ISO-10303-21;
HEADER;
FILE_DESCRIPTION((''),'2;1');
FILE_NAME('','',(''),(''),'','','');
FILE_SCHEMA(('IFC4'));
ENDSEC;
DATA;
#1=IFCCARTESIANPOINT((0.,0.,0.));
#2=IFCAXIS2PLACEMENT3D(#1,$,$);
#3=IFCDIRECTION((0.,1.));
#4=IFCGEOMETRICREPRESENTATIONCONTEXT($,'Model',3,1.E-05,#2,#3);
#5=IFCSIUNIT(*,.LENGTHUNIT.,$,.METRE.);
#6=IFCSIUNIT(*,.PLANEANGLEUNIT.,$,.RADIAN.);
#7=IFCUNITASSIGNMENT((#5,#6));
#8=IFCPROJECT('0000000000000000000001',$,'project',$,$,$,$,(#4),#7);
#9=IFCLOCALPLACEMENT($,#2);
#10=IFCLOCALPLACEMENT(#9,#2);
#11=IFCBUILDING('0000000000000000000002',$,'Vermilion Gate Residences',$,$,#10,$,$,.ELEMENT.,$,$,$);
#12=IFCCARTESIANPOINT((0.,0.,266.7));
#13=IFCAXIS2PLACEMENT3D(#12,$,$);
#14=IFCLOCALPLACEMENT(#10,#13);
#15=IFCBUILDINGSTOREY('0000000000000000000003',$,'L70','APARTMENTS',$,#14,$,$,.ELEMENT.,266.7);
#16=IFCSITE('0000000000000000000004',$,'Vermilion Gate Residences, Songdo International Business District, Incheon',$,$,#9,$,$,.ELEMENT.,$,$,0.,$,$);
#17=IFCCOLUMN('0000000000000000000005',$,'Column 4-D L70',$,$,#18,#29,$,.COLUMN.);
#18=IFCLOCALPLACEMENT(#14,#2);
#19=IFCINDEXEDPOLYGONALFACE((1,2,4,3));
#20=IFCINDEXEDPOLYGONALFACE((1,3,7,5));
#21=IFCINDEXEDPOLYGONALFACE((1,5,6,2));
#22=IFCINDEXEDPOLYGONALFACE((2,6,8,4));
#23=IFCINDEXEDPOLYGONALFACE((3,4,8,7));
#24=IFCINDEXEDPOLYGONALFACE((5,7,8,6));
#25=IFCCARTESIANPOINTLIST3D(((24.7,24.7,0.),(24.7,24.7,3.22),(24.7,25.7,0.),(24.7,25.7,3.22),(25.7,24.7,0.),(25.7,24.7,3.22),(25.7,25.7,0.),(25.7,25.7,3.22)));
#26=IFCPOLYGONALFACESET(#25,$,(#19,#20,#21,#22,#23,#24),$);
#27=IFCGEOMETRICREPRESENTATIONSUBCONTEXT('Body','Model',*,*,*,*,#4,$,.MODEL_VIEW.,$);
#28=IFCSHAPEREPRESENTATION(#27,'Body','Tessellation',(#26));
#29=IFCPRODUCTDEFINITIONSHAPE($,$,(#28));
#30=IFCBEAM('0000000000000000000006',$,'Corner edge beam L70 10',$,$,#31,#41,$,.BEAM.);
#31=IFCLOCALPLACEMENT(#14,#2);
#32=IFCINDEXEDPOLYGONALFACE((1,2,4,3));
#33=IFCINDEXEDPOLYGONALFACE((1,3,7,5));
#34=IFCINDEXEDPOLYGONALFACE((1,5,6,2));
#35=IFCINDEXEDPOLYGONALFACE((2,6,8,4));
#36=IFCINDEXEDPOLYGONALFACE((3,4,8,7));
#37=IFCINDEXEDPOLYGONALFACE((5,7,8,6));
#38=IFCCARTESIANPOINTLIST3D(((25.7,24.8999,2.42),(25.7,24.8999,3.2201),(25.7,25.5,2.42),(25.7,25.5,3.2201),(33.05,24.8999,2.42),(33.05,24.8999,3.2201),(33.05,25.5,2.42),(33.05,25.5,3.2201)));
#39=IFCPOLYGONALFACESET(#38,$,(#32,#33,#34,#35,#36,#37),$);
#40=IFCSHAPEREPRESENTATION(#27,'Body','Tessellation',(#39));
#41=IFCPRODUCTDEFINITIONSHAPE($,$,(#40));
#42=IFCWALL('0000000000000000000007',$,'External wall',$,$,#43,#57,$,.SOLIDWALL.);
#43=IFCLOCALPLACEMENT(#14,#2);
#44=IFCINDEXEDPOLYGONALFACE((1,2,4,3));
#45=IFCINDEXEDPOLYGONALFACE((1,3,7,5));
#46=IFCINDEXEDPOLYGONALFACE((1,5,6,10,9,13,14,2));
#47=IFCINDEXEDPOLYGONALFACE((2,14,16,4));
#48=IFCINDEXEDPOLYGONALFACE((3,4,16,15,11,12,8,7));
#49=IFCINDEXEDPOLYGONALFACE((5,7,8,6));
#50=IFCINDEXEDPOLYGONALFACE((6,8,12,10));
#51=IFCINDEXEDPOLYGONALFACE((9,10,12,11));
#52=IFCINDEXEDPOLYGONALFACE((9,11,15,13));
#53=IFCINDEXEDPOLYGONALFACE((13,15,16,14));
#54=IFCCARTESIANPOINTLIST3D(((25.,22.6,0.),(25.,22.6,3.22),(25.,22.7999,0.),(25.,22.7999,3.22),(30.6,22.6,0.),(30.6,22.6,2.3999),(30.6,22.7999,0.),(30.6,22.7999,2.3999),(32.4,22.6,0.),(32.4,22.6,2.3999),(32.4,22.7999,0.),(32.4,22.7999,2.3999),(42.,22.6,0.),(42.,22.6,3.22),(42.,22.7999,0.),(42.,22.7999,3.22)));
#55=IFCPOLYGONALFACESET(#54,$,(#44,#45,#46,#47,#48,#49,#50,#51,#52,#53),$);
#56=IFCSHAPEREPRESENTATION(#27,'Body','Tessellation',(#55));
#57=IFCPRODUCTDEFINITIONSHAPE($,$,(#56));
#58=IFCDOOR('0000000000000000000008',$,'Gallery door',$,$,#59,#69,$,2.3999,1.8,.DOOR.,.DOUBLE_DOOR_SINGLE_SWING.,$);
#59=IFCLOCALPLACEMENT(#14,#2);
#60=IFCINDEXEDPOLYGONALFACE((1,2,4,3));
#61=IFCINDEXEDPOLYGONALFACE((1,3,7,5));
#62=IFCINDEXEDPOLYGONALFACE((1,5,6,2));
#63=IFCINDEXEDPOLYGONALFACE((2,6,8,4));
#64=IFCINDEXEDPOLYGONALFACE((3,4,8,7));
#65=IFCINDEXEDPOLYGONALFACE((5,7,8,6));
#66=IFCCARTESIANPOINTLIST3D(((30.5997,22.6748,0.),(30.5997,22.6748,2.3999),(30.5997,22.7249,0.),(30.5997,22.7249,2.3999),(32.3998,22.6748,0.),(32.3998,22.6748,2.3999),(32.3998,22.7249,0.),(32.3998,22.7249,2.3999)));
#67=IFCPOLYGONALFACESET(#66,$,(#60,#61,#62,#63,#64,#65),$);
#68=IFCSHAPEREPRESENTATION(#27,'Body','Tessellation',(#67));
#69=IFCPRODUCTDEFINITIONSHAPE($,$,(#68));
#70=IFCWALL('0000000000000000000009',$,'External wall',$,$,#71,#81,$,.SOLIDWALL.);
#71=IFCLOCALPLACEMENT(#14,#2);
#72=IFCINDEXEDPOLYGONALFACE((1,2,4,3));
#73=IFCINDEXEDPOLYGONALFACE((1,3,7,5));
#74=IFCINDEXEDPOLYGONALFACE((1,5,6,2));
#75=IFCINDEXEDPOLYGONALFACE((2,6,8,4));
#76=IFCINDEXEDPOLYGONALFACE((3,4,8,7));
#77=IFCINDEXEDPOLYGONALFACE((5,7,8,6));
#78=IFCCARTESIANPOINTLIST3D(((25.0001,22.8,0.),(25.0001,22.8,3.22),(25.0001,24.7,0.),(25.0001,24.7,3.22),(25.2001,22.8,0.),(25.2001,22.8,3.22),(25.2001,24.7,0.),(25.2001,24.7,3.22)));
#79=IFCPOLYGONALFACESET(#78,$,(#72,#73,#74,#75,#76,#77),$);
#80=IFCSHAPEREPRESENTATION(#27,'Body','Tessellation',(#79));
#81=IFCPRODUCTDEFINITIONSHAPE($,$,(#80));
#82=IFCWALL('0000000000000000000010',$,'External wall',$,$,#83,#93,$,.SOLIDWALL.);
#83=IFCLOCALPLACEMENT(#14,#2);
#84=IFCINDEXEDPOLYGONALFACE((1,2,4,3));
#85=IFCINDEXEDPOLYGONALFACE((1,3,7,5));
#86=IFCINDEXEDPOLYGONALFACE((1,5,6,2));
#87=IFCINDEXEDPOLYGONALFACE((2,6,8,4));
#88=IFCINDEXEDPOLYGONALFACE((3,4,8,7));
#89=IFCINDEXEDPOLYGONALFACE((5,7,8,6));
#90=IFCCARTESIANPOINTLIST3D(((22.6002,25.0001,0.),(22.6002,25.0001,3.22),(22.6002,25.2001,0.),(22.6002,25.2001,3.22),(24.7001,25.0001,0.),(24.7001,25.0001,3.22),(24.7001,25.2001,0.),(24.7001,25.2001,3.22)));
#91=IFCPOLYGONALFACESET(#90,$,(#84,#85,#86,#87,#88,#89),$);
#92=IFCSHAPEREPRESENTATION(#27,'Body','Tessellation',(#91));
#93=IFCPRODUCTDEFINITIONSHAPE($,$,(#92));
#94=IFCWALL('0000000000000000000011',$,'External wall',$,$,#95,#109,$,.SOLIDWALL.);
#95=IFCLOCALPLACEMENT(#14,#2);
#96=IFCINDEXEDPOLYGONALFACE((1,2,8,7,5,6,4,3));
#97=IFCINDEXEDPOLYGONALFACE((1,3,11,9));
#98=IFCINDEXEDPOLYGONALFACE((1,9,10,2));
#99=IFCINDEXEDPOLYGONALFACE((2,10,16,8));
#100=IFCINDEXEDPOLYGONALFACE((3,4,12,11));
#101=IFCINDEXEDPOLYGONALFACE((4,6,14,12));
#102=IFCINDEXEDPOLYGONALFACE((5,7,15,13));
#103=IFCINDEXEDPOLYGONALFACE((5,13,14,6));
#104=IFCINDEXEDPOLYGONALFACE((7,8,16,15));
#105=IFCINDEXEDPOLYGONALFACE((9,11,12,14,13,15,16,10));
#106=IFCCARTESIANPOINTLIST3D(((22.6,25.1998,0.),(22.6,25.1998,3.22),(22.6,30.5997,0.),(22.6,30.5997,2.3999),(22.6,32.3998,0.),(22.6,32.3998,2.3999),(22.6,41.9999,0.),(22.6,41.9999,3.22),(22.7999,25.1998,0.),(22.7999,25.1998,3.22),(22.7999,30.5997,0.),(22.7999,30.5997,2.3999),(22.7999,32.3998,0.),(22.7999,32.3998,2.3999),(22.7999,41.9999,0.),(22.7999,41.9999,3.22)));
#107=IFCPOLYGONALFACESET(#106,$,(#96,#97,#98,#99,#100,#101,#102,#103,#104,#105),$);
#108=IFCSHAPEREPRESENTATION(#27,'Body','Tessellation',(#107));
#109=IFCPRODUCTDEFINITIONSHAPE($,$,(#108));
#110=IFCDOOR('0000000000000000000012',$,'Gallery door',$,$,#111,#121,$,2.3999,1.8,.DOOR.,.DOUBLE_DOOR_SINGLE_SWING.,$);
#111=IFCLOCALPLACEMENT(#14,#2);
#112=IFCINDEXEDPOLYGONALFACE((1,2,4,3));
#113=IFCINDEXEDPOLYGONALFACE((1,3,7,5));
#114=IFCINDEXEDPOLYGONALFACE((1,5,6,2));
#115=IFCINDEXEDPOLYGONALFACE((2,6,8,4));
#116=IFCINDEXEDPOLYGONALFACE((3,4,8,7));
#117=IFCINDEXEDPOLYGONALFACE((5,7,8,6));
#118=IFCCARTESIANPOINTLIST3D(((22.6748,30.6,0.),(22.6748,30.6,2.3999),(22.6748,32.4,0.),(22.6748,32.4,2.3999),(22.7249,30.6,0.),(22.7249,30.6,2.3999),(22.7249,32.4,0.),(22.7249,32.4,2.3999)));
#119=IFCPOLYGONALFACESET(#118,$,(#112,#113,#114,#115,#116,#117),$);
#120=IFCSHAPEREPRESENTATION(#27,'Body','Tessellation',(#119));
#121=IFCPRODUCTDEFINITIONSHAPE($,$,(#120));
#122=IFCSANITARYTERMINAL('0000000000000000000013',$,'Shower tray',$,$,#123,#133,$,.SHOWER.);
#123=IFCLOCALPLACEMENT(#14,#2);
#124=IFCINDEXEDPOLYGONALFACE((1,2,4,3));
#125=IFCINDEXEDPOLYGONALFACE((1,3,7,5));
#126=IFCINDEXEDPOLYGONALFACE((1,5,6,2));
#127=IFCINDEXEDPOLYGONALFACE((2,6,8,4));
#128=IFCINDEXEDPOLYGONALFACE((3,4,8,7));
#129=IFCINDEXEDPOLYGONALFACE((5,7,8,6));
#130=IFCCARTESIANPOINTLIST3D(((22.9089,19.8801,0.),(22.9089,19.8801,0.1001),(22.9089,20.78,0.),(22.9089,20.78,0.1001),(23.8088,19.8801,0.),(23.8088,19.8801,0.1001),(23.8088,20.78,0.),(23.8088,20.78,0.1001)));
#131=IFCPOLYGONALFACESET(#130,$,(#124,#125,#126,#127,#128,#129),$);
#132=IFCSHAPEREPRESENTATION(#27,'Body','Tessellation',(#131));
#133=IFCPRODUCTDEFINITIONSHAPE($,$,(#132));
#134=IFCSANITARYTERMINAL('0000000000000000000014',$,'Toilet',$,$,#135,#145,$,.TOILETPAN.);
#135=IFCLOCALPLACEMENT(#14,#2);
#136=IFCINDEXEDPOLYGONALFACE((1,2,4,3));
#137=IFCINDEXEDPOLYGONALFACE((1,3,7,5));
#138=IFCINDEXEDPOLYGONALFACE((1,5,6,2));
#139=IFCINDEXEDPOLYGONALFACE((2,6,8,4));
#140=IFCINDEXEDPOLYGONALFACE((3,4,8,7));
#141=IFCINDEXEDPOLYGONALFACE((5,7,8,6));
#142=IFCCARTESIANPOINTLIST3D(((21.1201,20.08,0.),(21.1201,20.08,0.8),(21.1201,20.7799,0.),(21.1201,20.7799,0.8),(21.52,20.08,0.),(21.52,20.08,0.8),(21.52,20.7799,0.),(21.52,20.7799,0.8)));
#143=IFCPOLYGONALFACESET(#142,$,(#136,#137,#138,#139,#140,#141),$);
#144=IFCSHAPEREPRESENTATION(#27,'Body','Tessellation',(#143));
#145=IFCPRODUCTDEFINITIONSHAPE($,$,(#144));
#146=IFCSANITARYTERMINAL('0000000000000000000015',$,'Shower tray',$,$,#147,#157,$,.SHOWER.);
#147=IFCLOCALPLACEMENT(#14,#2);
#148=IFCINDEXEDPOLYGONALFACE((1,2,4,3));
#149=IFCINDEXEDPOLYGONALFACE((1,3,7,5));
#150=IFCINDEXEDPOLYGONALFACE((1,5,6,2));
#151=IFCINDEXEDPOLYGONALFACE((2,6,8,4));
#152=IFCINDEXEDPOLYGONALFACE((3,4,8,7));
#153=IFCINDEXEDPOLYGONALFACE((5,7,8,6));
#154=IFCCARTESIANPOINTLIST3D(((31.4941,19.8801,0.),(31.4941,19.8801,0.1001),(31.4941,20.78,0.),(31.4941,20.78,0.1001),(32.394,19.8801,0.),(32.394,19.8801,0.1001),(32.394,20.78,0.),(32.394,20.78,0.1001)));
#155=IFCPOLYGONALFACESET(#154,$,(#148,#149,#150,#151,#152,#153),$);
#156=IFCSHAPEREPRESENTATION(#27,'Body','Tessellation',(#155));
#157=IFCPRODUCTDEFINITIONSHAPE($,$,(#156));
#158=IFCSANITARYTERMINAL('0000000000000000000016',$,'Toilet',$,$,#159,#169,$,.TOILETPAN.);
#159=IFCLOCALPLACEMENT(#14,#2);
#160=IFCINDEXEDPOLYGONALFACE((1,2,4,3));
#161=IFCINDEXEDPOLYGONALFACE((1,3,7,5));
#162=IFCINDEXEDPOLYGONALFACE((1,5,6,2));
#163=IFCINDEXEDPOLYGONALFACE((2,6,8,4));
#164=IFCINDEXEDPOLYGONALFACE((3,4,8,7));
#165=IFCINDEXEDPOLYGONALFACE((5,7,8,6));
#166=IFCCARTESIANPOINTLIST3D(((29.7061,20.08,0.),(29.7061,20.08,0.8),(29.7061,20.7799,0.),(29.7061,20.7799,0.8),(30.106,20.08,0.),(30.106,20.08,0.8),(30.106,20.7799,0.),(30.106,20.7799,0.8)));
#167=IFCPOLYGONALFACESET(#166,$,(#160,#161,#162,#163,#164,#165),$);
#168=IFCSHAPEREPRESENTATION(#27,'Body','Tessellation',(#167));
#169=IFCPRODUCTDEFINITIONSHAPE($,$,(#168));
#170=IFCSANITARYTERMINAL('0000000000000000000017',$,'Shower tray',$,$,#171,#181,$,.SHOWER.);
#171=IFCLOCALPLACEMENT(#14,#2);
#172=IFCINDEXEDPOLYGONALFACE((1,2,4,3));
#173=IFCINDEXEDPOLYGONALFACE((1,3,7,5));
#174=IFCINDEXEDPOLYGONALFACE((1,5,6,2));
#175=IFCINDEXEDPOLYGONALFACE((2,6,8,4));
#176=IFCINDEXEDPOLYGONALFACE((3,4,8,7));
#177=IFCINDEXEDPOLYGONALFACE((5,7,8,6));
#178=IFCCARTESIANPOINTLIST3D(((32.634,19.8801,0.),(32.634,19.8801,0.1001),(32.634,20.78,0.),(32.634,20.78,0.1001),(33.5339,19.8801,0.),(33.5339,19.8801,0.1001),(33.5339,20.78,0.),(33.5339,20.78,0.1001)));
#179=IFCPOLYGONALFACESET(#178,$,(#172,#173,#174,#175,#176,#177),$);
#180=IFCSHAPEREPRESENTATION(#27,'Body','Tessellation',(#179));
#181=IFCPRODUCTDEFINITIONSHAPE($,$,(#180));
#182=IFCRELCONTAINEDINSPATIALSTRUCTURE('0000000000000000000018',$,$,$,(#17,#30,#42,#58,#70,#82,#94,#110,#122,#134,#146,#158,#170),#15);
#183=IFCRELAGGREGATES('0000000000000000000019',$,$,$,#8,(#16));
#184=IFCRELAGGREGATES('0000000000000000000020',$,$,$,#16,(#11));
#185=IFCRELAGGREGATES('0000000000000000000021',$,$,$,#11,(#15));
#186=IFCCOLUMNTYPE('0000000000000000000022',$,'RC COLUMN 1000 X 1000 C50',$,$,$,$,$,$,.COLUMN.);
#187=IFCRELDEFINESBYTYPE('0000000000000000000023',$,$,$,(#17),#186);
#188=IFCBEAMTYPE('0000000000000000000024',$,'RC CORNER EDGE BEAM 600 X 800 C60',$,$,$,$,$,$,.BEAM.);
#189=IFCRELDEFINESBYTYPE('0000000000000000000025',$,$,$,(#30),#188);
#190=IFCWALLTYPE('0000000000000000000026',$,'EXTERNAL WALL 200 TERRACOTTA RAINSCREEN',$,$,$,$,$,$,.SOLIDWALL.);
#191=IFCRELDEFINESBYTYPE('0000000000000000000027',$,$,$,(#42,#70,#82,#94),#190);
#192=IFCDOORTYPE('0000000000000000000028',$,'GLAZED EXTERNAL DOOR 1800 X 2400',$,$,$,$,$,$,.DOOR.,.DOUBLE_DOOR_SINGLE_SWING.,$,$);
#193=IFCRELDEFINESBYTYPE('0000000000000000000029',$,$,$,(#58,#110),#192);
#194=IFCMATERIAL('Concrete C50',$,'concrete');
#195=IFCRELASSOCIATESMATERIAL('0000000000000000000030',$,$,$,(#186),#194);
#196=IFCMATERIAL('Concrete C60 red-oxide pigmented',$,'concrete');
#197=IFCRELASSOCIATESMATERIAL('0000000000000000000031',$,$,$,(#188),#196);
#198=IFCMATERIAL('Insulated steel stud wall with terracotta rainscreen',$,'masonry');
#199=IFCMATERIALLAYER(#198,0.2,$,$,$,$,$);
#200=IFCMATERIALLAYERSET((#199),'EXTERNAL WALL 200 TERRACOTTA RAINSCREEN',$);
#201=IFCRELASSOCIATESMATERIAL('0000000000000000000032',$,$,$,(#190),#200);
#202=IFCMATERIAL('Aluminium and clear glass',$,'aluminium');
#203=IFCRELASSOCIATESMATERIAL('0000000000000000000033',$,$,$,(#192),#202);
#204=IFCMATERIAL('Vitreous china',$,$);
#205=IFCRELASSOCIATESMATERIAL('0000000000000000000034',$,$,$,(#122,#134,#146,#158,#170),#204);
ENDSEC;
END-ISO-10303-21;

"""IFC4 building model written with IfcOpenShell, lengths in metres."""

from ifc_helpers import new_model, si_unit, direction, frame, frame_2d, origin, origin_2d, place, context, subcontext, project, spatial, rectangle, extrude, material, layer, layer_set, material_profile, profile_set, type_object, element, fill, save


model = new_model("IFC4")

# Units and contexts
model_context = context("Model", 3, precision=1e-05, world=origin(), true_north=direction((0.0, 1.0)))
body_context = subcontext(model_context, "Body", "Model", "MODEL_VIEW")
ifc_project = project(units=[si_unit("LENGTHUNIT", "METRE"), si_unit("PLANEANGLEUNIT", "RADIAN")], contexts=[model_context])

# Site, building, storey
site_placement = place(None, origin())
site = spatial("IfcSite", under=ifc_project, at=site_placement, Name="Vermilion Gate Residences, Songdo International Business District, Incheon", CompositionType="ELEMENT", RefElevation=0.0)
building_placement = place(site_placement, origin())
building = spatial("IfcBuilding", under=site, at=building_placement, Name="Vermilion Gate Residences", CompositionType="ELEMENT")
storey_placement = place(building_placement, frame((0.0, 0.0, 266.7)))
storey = spatial("IfcBuildingStorey", under=building, at=storey_placement, Name="L70", Description="APARTMENTS", CompositionType="ELEMENT", Elevation=266.7)

# Column
ifc_material_1 = material(Name="Concrete C50", Category="concrete")
ifc_material_profile_1 = material_profile(ifc_material_1, rectangle(XDim=1.0, YDim=1.0, at=origin_2d()), Name="RC-1000x1000")
ifc_profile_set_1 = profile_set([ifc_material_profile_1], Name="Concrete C50")
column_type = type_object("IfcColumnType", Name="RC COLUMN 1000 X 1000 C50", PredefinedType="COLUMN", material=ifc_profile_set_1)
column_placement = place(storey_placement, frame((25.2, 25.2, 0.0), z_axis=(0.0, 0.0, 1.0), x_axis=(1.0, 0.0, 0.0)))
element("IfcColumn", 1, at=column_placement, inside=storey, type_object=column_type, Name="Column 4-D L70", PredefinedType="COLUMN", context=body_context, shape_type="SweptSolid", body=[
    extrude(rectangle(XDim=1.0, YDim=1.0, at=origin_2d()), origin(), (0.0, 0.0, 1.0), 3.22),
])

# Beam
ifc_material_2 = material(Name="Concrete C60 red-oxide pigmented", Category="concrete")
ifc_material_profile_2 = material_profile(ifc_material_2, rectangle(XDim=0.6001, YDim=0.8, at=origin_2d()), Name="RC-600x800")
ifc_profile_set_2 = profile_set([ifc_material_profile_2], Name="Concrete C60 red-oxide pigmented")
beam_type = type_object("IfcBeamType", Name="RC CORNER EDGE BEAM 600 X 800 C60", PredefinedType="BEAM", material=ifc_profile_set_2)
beam_placement = place(storey_placement, frame((25.7, 25.2, 2.8201), z_axis=(1.0, 0.0, 0.0), x_axis=(0.0, 1.0, 0.0)))
element("IfcBeam", 2, at=beam_placement, inside=storey, type_object=beam_type, Name="Corner edge beam L70 10", PredefinedType="BEAM", context=body_context, shape_type="SweptSolid", body=[
    extrude(rectangle(XDim=0.6001, YDim=0.8, at=origin_2d()), origin(), (0.0, 0.0, 1.0), 7.3501),
])

# Wall, opening, door
ifc_material_3 = material(Name="Insulated steel stud wall with terracotta rainscreen", Category="masonry")
ifc_layer = layer(ifc_material_3, 0.2)
ifc_layer_set = layer_set([ifc_layer], Name="EXTERNAL WALL 200 TERRACOTTA RAINSCREEN")
wall_type = type_object("IfcWallType", Name="EXTERNAL WALL 200 TERRACOTTA RAINSCREEN", PredefinedType="SOLIDWALL", material=ifc_layer_set)
wall_1_placement = place(storey_placement, frame((42.0, 22.7, 0.0), z_axis=(0.0, 0.0, 1.0), x_axis=(-1.0, 0.0, 0.0)))
wall_1 = element("IfcWall", 3, at=wall_1_placement, inside=storey, type_object=wall_type, Name="External wall", PredefinedType="SOLIDWALL", context=body_context, shape_type="SweptSolid", body=[
    extrude(rectangle(XDim=17.0, YDim=0.2, at=frame_2d((8.5, 0.0))), origin(), (0.0, 0.0, 1.0), 3.22),
])
opening_1_placement = place(wall_1_placement, frame((9.6001, 0.0, 0.0)))
opening_1 = element("IfcOpeningElement", 4, at=opening_1_placement, cuts=wall_1, PredefinedType="OPENING", context=body_context, shape_type="SweptSolid", body=[
    extrude(rectangle(XDim=1.8, YDim=2.3999, at=frame_2d((0.8999, 1.2))), frame((0.0, 0.1099, 0.0), z_axis=(0.0, -1.0, 0.0), x_axis=(1.0, 0.0, 0.0)), (0.0, 0.0, 1.0), 0.22),
])
ifc_material_4 = material(Name="Aluminium and clear glass", Category="aluminium")
door_type = type_object("IfcDoorType", Name="GLAZED EXTERNAL DOOR 1800 X 2400", OperationType="DOUBLE_DOOR_SINGLE_SWING", PredefinedType="DOOR", material=ifc_material_4)
door_1_placement = place(opening_1_placement, frame((1.8, 0.0, 0.0), z_axis=(0.0, 0.0, 1.0), x_axis=(-1.0, 0.0, 0.0)))
door_1 = element("IfcDoor", 5, at=door_1_placement, inside=storey, type_object=door_type, Name="Gallery door", OperationType="DOUBLE_DOOR_SINGLE_SWING", OverallHeight=2.3999, OverallWidth=1.8, PredefinedType="DOOR", context=body_context, shape_type="SweptSolid", body=[
    extrude(rectangle(XDim=1.8, YDim=2.3999, at=frame_2d((0.8999, 1.2))), frame((0.0, 0.0249, 0.0), z_axis=(0.0, -1.0, 0.0), x_axis=(1.0, 0.0, 0.0)), (0.0, 0.0, 1.0), 0.05),
])
fill(opening_1, door_1)

# Walls
wall_2_placement = place(storey_placement, frame((25.1001, 22.8, 0.0), z_axis=(0.0, 0.0, 1.0), x_axis=(0.0, 1.0, 0.0)))
element("IfcWall", 6, at=wall_2_placement, inside=storey, type_object=wall_type, Name="External wall", PredefinedType="SOLIDWALL", context=body_context, shape_type="SweptSolid", body=[
    extrude(rectangle(XDim=1.8999, YDim=0.2, at=frame_2d((0.95, 0.0))), origin(), (0.0, 0.0, 1.0), 3.22),
])
wall_3_placement = place(storey_placement, frame((24.7, 25.1001, 0.0), z_axis=(0.0, 0.0, 1.0), x_axis=(-1.0, 0.0, 0.0)))
element("IfcWall", 7, at=wall_3_placement, inside=storey, type_object=wall_type, Name="External wall", PredefinedType="SOLIDWALL", context=body_context, shape_type="SweptSolid", body=[
    extrude(rectangle(XDim=2.0999, YDim=0.2, at=frame_2d((1.0498, 0.0))), origin(), (0.0, 0.0, 1.0), 3.22),
])

# Wall, opening, door
wall_4_placement = place(storey_placement, frame((22.7, 25.2, 0.0), z_axis=(0.0, 0.0, 1.0), x_axis=(0.0, 1.0, 0.0)))
wall_4 = element("IfcWall", 8, at=wall_4_placement, inside=storey, type_object=wall_type, Name="External wall", PredefinedType="SOLIDWALL", context=body_context, shape_type="SweptSolid", body=[
    extrude(rectangle(XDim=16.8, YDim=0.2, at=frame_2d((8.3999, 0.0))), origin(), (0.0, 0.0, 1.0), 3.22),
])
opening_2_placement = place(wall_4_placement, frame((5.3999, 0.0, 0.0)))
opening_2 = element("IfcOpeningElement", 9, at=opening_2_placement, cuts=wall_4, PredefinedType="OPENING", context=body_context, shape_type="SweptSolid", body=[
    extrude(rectangle(XDim=1.8, YDim=2.3999, at=frame_2d((0.8999, 1.2))), frame((0.0, 0.1099, 0.0), z_axis=(0.0, -1.0, 0.0), x_axis=(1.0, 0.0, 0.0)), (0.0, 0.0, 1.0), 0.22),
])
door_2_placement = place(opening_2_placement, frame((1.8, 0.0, 0.0), z_axis=(0.0, 0.0, 1.0), x_axis=(-1.0, 0.0, 0.0)))
door_2 = element("IfcDoor", 10, at=door_2_placement, inside=storey, type_object=door_type, Name="Gallery door", OperationType="DOUBLE_DOOR_SINGLE_SWING", OverallHeight=2.3999, OverallWidth=1.8, PredefinedType="DOOR", context=body_context, shape_type="SweptSolid", body=[
    extrude(rectangle(XDim=1.8, YDim=2.3999, at=frame_2d((0.8999, 1.2))), frame((0.0, 0.0249, 0.0), z_axis=(0.0, -1.0, 0.0), x_axis=(1.0, 0.0, 0.0)), (0.0, 0.0, 1.0), 0.05),
])
fill(opening_2, door_2)

# Sanitary terminals
ifc_material_5 = material(Name="Vitreous china")
sanitary_terminal_1_placement = place(storey_placement, frame((23.3589, 20.3301, 0.0), z_axis=(0.0, 0.0, 1.0), x_axis=(1.0, 0.0, 0.0)))
element("IfcSanitaryTerminal", 11, at=sanitary_terminal_1_placement, inside=storey, material=ifc_material_5, Name="Shower tray", PredefinedType="SHOWER", context=body_context, shape_type="SweptSolid", body=[
    extrude(rectangle(XDim=0.8999, YDim=0.8999, at=origin_2d()), origin(), (0.0, 0.0, 1.0), 0.1001),
])
sanitary_terminal_2_placement = place(storey_placement, frame((21.3201, 20.4299, 0.0), z_axis=(0.0, 0.0, 1.0), x_axis=(1.0, 0.0, 0.0)))
element("IfcSanitaryTerminal", 12, at=sanitary_terminal_2_placement, inside=storey, material=ifc_material_5, Name="Toilet", PredefinedType="TOILETPAN", context=body_context, shape_type="SweptSolid", body=[
    extrude(rectangle(XDim=0.3999, YDim=0.7, at=origin_2d()), origin(), (0.0, 0.0, 1.0), 0.8),
])
sanitary_terminal_3_placement = place(storey_placement, frame((31.9441, 20.3301, 0.0), z_axis=(0.0, 0.0, 1.0), x_axis=(1.0, 0.0, 0.0)))
element("IfcSanitaryTerminal", 13, at=sanitary_terminal_3_placement, inside=storey, material=ifc_material_5, Name="Shower tray", PredefinedType="SHOWER", context=body_context, shape_type="SweptSolid", body=[
    extrude(rectangle(XDim=0.8999, YDim=0.8999, at=origin_2d()), origin(), (0.0, 0.0, 1.0), 0.1001),
])
sanitary_terminal_4_placement = place(storey_placement, frame((29.906, 20.4299, 0.0), z_axis=(0.0, 0.0, 1.0), x_axis=(1.0, 0.0, 0.0)))
element("IfcSanitaryTerminal", 14, at=sanitary_terminal_4_placement, inside=storey, material=ifc_material_5, Name="Toilet", PredefinedType="TOILETPAN", context=body_context, shape_type="SweptSolid", body=[
    extrude(rectangle(XDim=0.3999, YDim=0.7, at=origin_2d()), origin(), (0.0, 0.0, 1.0), 0.8),
])
sanitary_terminal_5_placement = place(storey_placement, frame((33.084, 20.3301, 0.0), z_axis=(0.0, 0.0, 1.0), x_axis=(1.0, 0.0, 0.0)))
element("IfcSanitaryTerminal", 15, at=sanitary_terminal_5_placement, inside=storey, material=ifc_material_5, Name="Shower tray", PredefinedType="SHOWER", context=body_context, shape_type="SweptSolid", body=[
    extrude(rectangle(XDim=0.8999, YDim=0.8999, at=origin_2d()), origin(), (0.0, 0.0, 1.0), 0.1001),
])

save(model, "model.ifc")
